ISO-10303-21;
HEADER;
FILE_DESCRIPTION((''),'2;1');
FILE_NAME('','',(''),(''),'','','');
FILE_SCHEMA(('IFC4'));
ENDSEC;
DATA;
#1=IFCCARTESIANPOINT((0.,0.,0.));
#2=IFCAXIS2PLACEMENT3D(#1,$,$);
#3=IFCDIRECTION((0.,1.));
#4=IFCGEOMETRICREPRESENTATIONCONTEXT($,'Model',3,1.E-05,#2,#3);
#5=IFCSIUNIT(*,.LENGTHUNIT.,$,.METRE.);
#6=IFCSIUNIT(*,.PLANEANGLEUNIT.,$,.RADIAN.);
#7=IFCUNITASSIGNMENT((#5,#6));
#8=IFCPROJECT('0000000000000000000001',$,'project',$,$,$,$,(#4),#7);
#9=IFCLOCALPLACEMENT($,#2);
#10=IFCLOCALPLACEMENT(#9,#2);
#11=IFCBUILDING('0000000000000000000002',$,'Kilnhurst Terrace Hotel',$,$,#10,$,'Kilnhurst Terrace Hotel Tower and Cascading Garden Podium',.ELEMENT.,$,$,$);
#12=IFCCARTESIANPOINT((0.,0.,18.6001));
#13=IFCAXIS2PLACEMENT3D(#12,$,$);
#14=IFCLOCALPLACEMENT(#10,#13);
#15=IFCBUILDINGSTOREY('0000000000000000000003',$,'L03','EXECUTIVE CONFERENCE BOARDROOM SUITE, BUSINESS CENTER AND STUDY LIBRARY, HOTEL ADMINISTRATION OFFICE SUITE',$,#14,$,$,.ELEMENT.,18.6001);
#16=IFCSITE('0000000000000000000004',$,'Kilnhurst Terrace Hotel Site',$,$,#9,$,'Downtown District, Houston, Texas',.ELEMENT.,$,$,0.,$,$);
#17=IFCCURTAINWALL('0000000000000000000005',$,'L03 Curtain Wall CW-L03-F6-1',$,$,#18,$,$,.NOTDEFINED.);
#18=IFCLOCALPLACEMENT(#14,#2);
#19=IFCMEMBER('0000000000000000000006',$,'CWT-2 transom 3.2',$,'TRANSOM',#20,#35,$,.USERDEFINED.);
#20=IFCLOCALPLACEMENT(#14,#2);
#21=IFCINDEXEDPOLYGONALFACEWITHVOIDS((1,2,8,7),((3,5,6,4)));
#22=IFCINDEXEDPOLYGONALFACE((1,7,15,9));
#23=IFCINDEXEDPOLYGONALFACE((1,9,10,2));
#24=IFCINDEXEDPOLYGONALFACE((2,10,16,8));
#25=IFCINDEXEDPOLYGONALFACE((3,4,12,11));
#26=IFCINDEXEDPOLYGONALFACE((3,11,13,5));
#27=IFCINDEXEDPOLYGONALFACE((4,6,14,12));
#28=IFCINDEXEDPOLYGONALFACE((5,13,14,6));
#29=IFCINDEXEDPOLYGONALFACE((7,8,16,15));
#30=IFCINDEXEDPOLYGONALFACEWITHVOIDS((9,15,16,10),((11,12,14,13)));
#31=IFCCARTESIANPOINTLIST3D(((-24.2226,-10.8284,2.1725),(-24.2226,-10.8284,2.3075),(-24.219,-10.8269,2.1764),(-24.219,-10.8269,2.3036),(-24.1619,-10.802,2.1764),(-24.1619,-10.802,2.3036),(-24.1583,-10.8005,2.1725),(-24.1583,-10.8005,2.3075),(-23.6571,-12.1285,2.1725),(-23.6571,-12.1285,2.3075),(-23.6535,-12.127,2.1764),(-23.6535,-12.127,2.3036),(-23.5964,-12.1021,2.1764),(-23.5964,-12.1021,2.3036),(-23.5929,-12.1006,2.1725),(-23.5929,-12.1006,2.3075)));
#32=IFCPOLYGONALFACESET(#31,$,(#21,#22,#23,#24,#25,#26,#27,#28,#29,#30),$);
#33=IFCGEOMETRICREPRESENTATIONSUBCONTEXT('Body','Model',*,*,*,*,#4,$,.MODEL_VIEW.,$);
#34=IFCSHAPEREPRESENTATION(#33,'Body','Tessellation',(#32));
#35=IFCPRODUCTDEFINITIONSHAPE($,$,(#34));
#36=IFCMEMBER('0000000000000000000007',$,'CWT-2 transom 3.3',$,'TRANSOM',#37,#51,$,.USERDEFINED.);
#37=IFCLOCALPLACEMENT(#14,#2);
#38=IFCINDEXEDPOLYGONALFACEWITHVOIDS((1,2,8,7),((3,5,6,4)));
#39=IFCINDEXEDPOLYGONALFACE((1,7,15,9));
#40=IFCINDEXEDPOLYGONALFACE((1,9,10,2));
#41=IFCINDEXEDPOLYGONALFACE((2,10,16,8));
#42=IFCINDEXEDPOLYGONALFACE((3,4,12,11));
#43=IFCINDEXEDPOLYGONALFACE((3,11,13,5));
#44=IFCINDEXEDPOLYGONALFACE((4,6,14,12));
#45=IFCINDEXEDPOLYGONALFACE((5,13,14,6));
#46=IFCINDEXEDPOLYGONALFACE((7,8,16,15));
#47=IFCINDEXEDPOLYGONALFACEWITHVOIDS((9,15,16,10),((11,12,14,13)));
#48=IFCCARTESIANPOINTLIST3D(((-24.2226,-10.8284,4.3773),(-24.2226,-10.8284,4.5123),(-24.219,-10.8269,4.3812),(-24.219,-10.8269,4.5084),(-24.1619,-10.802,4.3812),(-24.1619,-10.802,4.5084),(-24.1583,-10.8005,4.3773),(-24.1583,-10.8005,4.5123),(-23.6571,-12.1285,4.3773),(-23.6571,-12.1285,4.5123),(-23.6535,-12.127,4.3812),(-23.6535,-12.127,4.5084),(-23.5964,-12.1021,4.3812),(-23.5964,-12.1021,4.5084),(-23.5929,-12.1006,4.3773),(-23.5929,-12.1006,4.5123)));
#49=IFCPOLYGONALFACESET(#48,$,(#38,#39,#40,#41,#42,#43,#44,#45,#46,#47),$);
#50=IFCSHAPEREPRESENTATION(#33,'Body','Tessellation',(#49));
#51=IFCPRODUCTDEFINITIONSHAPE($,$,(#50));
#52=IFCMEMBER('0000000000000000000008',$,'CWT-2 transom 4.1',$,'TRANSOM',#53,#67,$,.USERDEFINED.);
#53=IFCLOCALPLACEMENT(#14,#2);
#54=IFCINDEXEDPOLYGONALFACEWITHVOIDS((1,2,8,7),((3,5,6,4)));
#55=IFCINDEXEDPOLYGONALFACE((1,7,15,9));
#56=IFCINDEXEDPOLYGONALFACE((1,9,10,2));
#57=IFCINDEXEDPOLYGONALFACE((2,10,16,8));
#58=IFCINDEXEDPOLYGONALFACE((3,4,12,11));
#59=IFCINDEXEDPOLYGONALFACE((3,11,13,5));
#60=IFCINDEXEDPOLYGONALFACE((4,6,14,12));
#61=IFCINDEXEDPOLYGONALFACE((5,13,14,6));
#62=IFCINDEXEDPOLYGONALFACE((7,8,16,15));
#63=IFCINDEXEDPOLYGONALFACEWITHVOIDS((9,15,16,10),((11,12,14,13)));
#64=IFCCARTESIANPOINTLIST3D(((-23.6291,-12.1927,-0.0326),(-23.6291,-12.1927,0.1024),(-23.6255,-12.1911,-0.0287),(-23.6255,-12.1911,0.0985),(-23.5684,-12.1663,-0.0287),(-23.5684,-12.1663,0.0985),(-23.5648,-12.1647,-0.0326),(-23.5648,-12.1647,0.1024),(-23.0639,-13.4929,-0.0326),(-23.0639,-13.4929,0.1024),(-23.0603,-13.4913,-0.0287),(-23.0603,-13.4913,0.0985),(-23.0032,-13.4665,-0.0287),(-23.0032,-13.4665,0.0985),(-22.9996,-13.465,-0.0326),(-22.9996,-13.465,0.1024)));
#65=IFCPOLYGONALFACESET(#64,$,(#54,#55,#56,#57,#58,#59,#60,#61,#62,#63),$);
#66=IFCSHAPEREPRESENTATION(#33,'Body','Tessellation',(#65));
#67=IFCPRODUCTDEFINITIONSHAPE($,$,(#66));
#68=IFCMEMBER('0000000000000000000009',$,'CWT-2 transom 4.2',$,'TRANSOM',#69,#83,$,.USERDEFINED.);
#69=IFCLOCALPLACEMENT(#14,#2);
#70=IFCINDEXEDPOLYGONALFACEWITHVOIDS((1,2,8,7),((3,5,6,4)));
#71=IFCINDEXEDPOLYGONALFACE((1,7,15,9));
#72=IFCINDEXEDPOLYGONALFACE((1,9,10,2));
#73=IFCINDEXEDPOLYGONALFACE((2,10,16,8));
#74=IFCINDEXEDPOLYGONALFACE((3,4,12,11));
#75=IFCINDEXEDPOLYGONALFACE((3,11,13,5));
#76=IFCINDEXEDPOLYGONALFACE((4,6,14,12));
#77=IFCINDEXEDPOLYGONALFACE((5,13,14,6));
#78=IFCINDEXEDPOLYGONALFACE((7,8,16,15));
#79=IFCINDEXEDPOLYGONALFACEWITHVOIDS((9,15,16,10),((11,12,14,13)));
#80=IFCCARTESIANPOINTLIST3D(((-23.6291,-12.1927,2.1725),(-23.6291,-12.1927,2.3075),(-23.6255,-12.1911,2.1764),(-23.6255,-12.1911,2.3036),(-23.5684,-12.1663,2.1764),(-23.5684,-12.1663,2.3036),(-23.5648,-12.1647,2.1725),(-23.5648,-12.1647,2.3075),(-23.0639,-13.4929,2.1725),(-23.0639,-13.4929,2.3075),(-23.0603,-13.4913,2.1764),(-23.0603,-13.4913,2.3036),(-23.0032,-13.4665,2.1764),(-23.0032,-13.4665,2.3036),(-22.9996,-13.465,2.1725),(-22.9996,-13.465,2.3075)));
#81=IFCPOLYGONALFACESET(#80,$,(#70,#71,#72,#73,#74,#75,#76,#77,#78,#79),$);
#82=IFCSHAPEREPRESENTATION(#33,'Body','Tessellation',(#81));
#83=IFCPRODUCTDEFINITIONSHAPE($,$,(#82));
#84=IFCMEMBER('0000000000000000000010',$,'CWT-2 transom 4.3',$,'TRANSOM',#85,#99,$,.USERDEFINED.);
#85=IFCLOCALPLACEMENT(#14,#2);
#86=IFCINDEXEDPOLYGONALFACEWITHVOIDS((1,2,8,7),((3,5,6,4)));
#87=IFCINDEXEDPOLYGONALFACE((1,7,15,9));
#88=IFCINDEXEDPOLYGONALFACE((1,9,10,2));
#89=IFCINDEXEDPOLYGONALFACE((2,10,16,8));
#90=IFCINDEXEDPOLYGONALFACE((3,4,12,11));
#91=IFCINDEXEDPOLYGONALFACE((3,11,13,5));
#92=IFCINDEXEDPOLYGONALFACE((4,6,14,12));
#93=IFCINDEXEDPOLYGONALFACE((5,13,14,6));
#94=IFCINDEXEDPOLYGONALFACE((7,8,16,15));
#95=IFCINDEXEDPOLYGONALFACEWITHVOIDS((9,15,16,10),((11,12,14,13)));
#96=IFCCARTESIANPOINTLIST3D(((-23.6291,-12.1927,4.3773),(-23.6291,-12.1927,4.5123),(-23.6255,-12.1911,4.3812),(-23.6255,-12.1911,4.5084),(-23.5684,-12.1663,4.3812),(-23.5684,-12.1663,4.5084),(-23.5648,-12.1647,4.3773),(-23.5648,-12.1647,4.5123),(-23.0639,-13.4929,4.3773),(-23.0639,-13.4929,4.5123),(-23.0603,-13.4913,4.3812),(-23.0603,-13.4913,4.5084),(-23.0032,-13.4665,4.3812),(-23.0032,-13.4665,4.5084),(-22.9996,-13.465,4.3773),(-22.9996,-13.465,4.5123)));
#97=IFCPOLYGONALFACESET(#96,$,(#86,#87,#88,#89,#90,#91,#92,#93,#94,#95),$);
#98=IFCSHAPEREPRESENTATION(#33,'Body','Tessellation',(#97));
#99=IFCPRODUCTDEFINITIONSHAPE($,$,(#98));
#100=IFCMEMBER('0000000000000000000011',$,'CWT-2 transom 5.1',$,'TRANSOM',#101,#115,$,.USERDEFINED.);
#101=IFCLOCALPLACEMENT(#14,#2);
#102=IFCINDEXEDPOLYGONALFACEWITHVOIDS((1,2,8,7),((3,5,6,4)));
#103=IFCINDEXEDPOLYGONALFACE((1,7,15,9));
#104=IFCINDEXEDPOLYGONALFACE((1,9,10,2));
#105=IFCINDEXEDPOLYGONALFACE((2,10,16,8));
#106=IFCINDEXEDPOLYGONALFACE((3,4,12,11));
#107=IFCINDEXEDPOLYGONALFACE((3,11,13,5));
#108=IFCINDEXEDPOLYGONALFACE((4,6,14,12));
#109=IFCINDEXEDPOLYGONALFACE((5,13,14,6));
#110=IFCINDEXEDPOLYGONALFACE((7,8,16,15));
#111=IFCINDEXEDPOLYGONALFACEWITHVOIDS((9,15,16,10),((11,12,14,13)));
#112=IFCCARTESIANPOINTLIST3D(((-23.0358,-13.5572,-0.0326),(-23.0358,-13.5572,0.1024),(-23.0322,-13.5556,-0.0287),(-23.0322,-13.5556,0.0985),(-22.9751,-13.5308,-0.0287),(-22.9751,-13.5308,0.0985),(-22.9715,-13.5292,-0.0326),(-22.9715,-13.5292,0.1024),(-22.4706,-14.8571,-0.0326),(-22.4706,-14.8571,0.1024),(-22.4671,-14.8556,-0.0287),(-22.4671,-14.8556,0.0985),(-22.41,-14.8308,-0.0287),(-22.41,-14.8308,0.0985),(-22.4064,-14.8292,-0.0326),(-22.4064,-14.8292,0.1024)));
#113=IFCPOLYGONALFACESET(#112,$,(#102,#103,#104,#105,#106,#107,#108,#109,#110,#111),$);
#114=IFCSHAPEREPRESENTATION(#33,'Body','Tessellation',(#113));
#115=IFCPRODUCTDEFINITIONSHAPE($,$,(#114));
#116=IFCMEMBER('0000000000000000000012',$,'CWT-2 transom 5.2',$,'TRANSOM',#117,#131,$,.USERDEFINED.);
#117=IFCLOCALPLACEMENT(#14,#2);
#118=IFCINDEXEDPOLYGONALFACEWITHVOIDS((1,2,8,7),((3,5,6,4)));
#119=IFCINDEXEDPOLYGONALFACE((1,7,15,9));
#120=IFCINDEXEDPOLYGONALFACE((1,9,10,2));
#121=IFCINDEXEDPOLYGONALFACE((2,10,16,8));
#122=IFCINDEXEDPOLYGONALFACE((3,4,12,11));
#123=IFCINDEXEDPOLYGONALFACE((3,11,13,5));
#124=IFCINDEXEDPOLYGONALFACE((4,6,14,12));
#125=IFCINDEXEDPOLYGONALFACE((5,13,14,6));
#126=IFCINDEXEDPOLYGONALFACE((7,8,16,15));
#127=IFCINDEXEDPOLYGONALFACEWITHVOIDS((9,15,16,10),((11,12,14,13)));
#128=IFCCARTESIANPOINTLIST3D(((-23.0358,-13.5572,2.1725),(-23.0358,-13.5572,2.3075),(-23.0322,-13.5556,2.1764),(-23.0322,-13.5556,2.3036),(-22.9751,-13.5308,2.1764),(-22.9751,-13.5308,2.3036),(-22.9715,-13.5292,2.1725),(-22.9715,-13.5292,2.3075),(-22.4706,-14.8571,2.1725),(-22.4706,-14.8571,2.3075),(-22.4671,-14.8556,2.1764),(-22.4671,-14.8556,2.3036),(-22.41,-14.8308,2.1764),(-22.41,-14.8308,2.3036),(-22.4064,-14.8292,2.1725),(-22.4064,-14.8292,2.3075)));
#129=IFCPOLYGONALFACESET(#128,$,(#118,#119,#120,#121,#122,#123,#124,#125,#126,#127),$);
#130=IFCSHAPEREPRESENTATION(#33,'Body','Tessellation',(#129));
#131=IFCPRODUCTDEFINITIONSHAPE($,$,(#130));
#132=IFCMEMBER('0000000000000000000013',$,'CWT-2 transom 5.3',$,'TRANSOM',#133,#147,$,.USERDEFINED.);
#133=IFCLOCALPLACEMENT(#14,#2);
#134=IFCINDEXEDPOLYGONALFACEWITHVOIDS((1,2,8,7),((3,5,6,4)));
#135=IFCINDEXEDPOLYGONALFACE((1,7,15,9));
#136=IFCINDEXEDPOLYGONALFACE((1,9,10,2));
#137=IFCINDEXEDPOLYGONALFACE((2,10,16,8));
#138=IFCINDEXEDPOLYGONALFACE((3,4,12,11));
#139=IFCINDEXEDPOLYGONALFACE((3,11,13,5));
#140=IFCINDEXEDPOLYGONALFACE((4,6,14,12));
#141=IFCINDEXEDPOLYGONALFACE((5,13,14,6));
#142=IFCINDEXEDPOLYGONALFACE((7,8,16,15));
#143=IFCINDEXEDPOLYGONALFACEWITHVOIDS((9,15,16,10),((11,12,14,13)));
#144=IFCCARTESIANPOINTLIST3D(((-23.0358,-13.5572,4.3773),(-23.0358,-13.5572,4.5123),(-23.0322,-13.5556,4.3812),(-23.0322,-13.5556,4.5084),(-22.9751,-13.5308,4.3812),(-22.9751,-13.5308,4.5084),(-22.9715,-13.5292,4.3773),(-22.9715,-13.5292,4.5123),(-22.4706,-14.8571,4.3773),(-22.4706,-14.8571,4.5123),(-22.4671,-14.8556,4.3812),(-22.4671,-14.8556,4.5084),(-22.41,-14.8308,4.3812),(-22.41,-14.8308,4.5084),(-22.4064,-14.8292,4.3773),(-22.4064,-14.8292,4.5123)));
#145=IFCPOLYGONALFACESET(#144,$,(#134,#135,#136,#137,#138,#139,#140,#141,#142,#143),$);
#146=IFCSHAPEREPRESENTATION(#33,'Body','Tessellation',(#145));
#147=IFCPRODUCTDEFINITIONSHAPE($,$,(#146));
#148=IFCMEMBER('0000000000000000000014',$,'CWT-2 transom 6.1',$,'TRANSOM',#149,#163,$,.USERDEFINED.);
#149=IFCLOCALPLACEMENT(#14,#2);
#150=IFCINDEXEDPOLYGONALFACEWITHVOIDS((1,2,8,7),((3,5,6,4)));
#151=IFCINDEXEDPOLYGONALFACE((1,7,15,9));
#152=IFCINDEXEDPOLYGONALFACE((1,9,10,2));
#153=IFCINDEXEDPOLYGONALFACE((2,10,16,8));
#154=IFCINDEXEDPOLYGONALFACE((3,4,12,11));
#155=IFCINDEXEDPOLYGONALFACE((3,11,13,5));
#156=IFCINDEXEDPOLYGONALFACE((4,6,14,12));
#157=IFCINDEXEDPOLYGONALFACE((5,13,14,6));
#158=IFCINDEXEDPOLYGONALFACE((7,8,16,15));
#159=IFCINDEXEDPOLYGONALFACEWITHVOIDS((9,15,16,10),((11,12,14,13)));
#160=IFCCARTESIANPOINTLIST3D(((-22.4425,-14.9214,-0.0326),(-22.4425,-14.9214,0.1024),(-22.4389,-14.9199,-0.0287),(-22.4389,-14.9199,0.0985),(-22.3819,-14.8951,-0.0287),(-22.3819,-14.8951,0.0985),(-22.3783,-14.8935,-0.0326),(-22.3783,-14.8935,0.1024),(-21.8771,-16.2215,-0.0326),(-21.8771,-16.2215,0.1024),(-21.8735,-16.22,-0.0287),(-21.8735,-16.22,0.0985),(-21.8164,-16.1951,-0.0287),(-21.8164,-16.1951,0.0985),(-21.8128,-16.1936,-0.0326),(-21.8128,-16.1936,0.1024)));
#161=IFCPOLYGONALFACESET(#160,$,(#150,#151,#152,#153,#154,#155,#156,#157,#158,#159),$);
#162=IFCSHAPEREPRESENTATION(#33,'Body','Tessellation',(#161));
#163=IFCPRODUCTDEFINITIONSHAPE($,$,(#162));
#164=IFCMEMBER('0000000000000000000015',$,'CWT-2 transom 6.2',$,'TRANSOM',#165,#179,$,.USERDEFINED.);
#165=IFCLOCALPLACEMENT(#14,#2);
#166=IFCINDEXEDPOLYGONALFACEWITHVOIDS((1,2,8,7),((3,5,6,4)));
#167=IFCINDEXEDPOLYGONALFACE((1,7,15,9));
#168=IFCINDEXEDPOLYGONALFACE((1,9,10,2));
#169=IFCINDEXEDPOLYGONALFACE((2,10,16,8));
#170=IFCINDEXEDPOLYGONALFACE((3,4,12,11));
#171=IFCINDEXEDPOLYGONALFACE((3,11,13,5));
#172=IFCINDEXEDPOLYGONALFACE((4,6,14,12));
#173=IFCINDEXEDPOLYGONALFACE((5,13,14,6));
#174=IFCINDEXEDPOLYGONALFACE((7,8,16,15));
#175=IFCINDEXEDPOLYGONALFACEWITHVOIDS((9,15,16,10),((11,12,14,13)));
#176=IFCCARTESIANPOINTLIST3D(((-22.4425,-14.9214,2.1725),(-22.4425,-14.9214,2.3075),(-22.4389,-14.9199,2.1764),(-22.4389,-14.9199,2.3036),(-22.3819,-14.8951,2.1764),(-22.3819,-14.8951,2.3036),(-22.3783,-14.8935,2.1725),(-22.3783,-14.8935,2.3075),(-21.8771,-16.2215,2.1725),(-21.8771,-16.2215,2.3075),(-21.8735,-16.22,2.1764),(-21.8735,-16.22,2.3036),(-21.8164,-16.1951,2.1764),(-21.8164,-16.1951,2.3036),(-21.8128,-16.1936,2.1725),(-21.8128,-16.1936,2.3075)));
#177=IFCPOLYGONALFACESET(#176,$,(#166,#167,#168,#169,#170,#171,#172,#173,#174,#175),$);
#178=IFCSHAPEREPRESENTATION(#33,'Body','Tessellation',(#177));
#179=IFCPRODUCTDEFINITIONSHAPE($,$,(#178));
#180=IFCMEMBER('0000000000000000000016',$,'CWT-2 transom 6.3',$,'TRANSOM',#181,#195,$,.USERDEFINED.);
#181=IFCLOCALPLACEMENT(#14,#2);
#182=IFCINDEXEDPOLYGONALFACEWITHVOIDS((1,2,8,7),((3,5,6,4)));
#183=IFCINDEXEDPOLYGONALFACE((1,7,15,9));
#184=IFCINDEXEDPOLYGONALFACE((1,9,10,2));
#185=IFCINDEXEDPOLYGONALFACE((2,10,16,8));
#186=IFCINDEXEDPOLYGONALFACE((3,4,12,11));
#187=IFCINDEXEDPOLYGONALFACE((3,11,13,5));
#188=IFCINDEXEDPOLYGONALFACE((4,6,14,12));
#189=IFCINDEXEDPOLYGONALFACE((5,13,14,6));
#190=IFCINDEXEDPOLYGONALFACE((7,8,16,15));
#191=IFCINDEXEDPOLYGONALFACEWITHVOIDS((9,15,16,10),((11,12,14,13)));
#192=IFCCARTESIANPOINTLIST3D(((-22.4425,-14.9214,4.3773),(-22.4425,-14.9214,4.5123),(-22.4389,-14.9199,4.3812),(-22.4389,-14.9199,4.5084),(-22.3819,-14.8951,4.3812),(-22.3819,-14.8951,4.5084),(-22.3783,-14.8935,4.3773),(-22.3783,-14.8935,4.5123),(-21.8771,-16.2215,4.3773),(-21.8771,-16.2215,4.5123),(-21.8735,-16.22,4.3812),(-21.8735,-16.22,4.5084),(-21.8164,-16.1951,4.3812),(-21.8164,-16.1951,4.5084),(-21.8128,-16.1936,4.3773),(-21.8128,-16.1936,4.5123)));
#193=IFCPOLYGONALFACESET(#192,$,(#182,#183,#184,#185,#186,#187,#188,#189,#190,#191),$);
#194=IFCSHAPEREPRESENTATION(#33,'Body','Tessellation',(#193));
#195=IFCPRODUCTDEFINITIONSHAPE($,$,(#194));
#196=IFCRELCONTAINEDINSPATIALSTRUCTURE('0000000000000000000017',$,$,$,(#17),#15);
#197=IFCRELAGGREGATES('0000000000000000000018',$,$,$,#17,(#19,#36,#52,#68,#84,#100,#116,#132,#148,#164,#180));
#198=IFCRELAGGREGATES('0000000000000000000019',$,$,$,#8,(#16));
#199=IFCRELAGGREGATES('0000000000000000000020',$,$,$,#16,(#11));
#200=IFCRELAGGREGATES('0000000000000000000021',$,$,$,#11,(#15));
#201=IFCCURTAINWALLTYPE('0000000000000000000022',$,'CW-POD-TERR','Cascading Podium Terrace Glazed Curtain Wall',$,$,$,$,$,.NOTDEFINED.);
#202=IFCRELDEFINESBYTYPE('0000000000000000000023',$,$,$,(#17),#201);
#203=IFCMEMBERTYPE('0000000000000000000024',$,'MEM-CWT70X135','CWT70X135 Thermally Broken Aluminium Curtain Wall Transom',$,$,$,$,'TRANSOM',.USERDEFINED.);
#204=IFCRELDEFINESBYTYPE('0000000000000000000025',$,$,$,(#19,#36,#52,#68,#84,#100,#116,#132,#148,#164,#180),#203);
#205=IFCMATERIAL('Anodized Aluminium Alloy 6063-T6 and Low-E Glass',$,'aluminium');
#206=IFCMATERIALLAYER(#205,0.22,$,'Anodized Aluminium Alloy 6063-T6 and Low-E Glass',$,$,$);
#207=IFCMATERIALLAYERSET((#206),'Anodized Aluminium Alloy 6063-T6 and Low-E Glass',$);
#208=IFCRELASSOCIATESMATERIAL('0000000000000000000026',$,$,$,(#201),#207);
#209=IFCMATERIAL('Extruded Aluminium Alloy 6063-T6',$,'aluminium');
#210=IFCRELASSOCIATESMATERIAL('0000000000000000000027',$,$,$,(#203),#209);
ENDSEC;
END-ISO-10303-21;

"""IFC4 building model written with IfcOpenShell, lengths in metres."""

from ifc_helpers import new_model, si_unit, direction, frame, origin, origin_2d, place, context, subcontext, project, spatial, hollow_rectangle, extrude, material, layer, layer_set, material_profile, profile_set, type_object, element, aggregate, save


model = new_model("IFC4")

# Units and contexts
model_context = context("Model", 3, precision=1e-05, world=origin(), true_north=direction((0.0, 1.0)))
body_context = subcontext(model_context, "Body", "Model", "MODEL_VIEW")
ifc_project = project(units=[si_unit("LENGTHUNIT", "METRE"), si_unit("PLANEANGLEUNIT", "RADIAN")], contexts=[model_context])

# Site, building, storey
site_placement = place(None, origin())
site = spatial("IfcSite", under=ifc_project, at=site_placement, Name="Kilnhurst Terrace Hotel Site", LongName="Downtown District, Houston, Texas", CompositionType="ELEMENT", RefElevation=0.0)
building_placement = place(site_placement, origin())
building = spatial("IfcBuilding", under=site, at=building_placement, Name="Kilnhurst Terrace Hotel", LongName="Kilnhurst Terrace Hotel Tower and Cascading Garden Podium", CompositionType="ELEMENT")
storey_placement = place(building_placement, frame((0.0, 0.0, 18.6001)))
storey = spatial("IfcBuildingStorey", under=building, at=storey_placement, Name="L03", Description="EXECUTIVE CONFERENCE BOARDROOM SUITE, BUSINESS CENTER AND STUDY LIBRARY, HOTEL ADMINISTRATION OFFICE SUITE", CompositionType="ELEMENT", Elevation=18.6001)

# Curtain wall, members
ifc_material_1 = material(Name="Anodized Aluminium Alloy 6063-T6 and Low-E Glass", Category="aluminium")
ifc_layer_1 = layer(ifc_material_1, 0.22, Name="Anodized Aluminium Alloy 6063-T6 and Low-E Glass")
ifc_layer_set_1 = layer_set([ifc_layer_1], Name="Anodized Aluminium Alloy 6063-T6 and Low-E Glass")
curtain_wall_type = type_object("IfcCurtainWallType", Name="CW-POD-TERR", Description="Cascading Podium Terrace Glazed Curtain Wall", PredefinedType="NOTDEFINED", material=ifc_layer_set_1)
curtain_wall_placement = place(storey_placement, origin())
curtain_wall = element("IfcCurtainWall", 1, at=curtain_wall_placement, inside=storey, type_object=curtain_wall_type, Name="L03 Curtain Wall CW-L03-F6-1", PredefinedType="NOTDEFINED")
ifc_material_2 = material(Name="Extruded Aluminium Alloy 6063-T6", Category="aluminium")
ifc_material_profile_1 = material_profile(ifc_material_2, hollow_rectangle(XDim=0.0701, YDim=0.135, WallThickness=0.0039, at=origin_2d()), Name="CWT70X135")
ifc_profile_set_1 = profile_set([ifc_material_profile_1], Name="Extruded Aluminium Alloy 6063-T6")
member_type_1 = type_object("IfcMemberType", Name="MEM-CWT70X135", Description="CWT70X135 Thermally Broken Aluminium Curtain Wall Transom", ElementType="TRANSOM", PredefinedType="USERDEFINED", material=ifc_profile_set_1)
member_1_placement = place(storey_placement, frame((-24.1904, -10.8145, 2.24), z_axis=(0.398839, -0.917021, 0.0), x_axis=(0.917021, 0.398839, 0.0)))
member_1 = element("IfcMember", 2, at=member_1_placement, type_object=member_type_1, Name="CWT-2 transom 3.2", ObjectType="TRANSOM", PredefinedType="USERDEFINED", context=body_context, shape_type="SweptSolid", body=[
    extrude(hollow_rectangle(XDim=0.0701, YDim=0.135, WallThickness=0.0039, at=origin_2d()), origin(), (0.0, 0.0, 1.0), 1.4177),
])
member_2_placement = place(storey_placement, frame((-24.1904, -10.8145, 4.4448), z_axis=(0.398839, -0.917021, 0.0), x_axis=(0.917021, 0.398839, 0.0)))
member_2 = element("IfcMember", 3, at=member_2_placement, type_object=member_type_1, Name="CWT-2 transom 3.3", ObjectType="TRANSOM", PredefinedType="USERDEFINED", context=body_context, shape_type="SweptSolid", body=[
    extrude(hollow_rectangle(XDim=0.0701, YDim=0.135, WallThickness=0.0039, at=origin_2d()), origin(), (0.0, 0.0, 1.0), 1.4177),
])
member_3_placement = place(storey_placement, frame((-23.5969, -12.1787, 0.0349), z_axis=(0.398632, -0.917111, 0.0), x_axis=(0.917111, 0.398632, 0.0)))
member_3 = element("IfcMember", 4, at=member_3_placement, type_object=member_type_1, Name="CWT-2 transom 4.1", ObjectType="TRANSOM", PredefinedType="USERDEFINED", context=body_context, shape_type="SweptSolid", body=[
    extrude(hollow_rectangle(XDim=0.0701, YDim=0.135, WallThickness=0.0039, at=origin_2d()), origin(), (0.0, 0.0, 1.0), 1.4177),
])
member_4_placement = place(storey_placement, frame((-23.5969, -12.1787, 2.24), z_axis=(0.398632, -0.917111, 0.0), x_axis=(0.917111, 0.398632, 0.0)))
member_4 = element("IfcMember", 5, at=member_4_placement, type_object=member_type_1, Name="CWT-2 transom 4.2", ObjectType="TRANSOM", PredefinedType="USERDEFINED", context=body_context, shape_type="SweptSolid", body=[
    extrude(hollow_rectangle(XDim=0.0701, YDim=0.135, WallThickness=0.0039, at=origin_2d()), origin(), (0.0, 0.0, 1.0), 1.4177),
])
member_5_placement = place(storey_placement, frame((-23.5969, -12.1787, 4.4448), z_axis=(0.398632, -0.917111, 0.0), x_axis=(0.917111, 0.398632, 0.0)))
member_5 = element("IfcMember", 6, at=member_5_placement, type_object=member_type_1, Name="CWT-2 transom 4.3", ObjectType="TRANSOM", PredefinedType="USERDEFINED", context=body_context, shape_type="SweptSolid", body=[
    extrude(hollow_rectangle(XDim=0.0701, YDim=0.135, WallThickness=0.0039, at=origin_2d()), origin(), (0.0, 0.0, 1.0), 1.4177),
])
member_6_placement = place(storey_placement, frame((-23.0037, -13.5432, 0.0349), z_axis=(0.398695, -0.917084, 0.0), x_axis=(0.917084, 0.398695, 0.0)))
member_6 = element("IfcMember", 7, at=member_6_placement, type_object=member_type_1, Name="CWT-2 transom 5.1", ObjectType="TRANSOM", PredefinedType="USERDEFINED", context=body_context, shape_type="SweptSolid", body=[
    extrude(hollow_rectangle(XDim=0.0701, YDim=0.135, WallThickness=0.0039, at=origin_2d()), origin(), (0.0, 0.0, 1.0), 1.4175),
])
member_7_placement = place(storey_placement, frame((-23.0037, -13.5432, 2.24), z_axis=(0.398695, -0.917084, 0.0), x_axis=(0.917084, 0.398695, 0.0)))
member_7 = element("IfcMember", 8, at=member_7_placement, type_object=member_type_1, Name="CWT-2 transom 5.2", ObjectType="TRANSOM", PredefinedType="USERDEFINED", context=body_context, shape_type="SweptSolid", body=[
    extrude(hollow_rectangle(XDim=0.0701, YDim=0.135, WallThickness=0.0039, at=origin_2d()), origin(), (0.0, 0.0, 1.0), 1.4175),
])
member_8_placement = place(storey_placement, frame((-23.0037, -13.5432, 4.4448), z_axis=(0.398695, -0.917084, 0.0), x_axis=(0.917084, 0.398695, 0.0)))
member_8 = element("IfcMember", 9, at=member_8_placement, type_object=member_type_1, Name="CWT-2 transom 5.3", ObjectType="TRANSOM", PredefinedType="USERDEFINED", context=body_context, shape_type="SweptSolid", body=[
    extrude(hollow_rectangle(XDim=0.0701, YDim=0.135, WallThickness=0.0039, at=origin_2d()), origin(), (0.0, 0.0, 1.0), 1.4175),
])
member_9_placement = place(storey_placement, frame((-22.4104, -14.9075, 0.0349), z_axis=(0.398839, -0.917021, 0.0), x_axis=(0.917021, 0.398839, 0.0)))
member_9 = element("IfcMember", 10, at=member_9_placement, type_object=member_type_1, Name="CWT-2 transom 6.1", ObjectType="TRANSOM", PredefinedType="USERDEFINED", context=body_context, shape_type="SweptSolid", body=[
    extrude(hollow_rectangle(XDim=0.0701, YDim=0.135, WallThickness=0.0039, at=origin_2d()), origin(), (0.0, 0.0, 1.0), 1.4177),
])
member_10_placement = place(storey_placement, frame((-22.4104, -14.9075, 2.24), z_axis=(0.398839, -0.917021, 0.0), x_axis=(0.917021, 0.398839, 0.0)))
member_10 = element("IfcMember", 11, at=member_10_placement, type_object=member_type_1, Name="CWT-2 transom 6.2", ObjectType="TRANSOM", PredefinedType="USERDEFINED", context=body_context, shape_type="SweptSolid", body=[
    extrude(hollow_rectangle(XDim=0.0701, YDim=0.135, WallThickness=0.0039, at=origin_2d()), origin(), (0.0, 0.0, 1.0), 1.4177),
])
member_11_placement = place(storey_placement, frame((-22.4104, -14.9075, 4.4448), z_axis=(0.398839, -0.917021, 0.0), x_axis=(0.917021, 0.398839, 0.0)))
member_11 = element("IfcMember", 12, at=member_11_placement, type_object=member_type_1, Name="CWT-2 transom 6.3", ObjectType="TRANSOM", PredefinedType="USERDEFINED", context=body_context, shape_type="SweptSolid", body=[
    extrude(hollow_rectangle(XDim=0.0701, YDim=0.135, WallThickness=0.0039, at=origin_2d()), origin(), (0.0, 0.0, 1.0), 1.4177),
])
aggregate(curtain_wall, [member_1, member_2, member_3, member_4, member_5, member_6, member_7, member_8, member_9, member_10, member_11])

save(model, "model.ifc")
